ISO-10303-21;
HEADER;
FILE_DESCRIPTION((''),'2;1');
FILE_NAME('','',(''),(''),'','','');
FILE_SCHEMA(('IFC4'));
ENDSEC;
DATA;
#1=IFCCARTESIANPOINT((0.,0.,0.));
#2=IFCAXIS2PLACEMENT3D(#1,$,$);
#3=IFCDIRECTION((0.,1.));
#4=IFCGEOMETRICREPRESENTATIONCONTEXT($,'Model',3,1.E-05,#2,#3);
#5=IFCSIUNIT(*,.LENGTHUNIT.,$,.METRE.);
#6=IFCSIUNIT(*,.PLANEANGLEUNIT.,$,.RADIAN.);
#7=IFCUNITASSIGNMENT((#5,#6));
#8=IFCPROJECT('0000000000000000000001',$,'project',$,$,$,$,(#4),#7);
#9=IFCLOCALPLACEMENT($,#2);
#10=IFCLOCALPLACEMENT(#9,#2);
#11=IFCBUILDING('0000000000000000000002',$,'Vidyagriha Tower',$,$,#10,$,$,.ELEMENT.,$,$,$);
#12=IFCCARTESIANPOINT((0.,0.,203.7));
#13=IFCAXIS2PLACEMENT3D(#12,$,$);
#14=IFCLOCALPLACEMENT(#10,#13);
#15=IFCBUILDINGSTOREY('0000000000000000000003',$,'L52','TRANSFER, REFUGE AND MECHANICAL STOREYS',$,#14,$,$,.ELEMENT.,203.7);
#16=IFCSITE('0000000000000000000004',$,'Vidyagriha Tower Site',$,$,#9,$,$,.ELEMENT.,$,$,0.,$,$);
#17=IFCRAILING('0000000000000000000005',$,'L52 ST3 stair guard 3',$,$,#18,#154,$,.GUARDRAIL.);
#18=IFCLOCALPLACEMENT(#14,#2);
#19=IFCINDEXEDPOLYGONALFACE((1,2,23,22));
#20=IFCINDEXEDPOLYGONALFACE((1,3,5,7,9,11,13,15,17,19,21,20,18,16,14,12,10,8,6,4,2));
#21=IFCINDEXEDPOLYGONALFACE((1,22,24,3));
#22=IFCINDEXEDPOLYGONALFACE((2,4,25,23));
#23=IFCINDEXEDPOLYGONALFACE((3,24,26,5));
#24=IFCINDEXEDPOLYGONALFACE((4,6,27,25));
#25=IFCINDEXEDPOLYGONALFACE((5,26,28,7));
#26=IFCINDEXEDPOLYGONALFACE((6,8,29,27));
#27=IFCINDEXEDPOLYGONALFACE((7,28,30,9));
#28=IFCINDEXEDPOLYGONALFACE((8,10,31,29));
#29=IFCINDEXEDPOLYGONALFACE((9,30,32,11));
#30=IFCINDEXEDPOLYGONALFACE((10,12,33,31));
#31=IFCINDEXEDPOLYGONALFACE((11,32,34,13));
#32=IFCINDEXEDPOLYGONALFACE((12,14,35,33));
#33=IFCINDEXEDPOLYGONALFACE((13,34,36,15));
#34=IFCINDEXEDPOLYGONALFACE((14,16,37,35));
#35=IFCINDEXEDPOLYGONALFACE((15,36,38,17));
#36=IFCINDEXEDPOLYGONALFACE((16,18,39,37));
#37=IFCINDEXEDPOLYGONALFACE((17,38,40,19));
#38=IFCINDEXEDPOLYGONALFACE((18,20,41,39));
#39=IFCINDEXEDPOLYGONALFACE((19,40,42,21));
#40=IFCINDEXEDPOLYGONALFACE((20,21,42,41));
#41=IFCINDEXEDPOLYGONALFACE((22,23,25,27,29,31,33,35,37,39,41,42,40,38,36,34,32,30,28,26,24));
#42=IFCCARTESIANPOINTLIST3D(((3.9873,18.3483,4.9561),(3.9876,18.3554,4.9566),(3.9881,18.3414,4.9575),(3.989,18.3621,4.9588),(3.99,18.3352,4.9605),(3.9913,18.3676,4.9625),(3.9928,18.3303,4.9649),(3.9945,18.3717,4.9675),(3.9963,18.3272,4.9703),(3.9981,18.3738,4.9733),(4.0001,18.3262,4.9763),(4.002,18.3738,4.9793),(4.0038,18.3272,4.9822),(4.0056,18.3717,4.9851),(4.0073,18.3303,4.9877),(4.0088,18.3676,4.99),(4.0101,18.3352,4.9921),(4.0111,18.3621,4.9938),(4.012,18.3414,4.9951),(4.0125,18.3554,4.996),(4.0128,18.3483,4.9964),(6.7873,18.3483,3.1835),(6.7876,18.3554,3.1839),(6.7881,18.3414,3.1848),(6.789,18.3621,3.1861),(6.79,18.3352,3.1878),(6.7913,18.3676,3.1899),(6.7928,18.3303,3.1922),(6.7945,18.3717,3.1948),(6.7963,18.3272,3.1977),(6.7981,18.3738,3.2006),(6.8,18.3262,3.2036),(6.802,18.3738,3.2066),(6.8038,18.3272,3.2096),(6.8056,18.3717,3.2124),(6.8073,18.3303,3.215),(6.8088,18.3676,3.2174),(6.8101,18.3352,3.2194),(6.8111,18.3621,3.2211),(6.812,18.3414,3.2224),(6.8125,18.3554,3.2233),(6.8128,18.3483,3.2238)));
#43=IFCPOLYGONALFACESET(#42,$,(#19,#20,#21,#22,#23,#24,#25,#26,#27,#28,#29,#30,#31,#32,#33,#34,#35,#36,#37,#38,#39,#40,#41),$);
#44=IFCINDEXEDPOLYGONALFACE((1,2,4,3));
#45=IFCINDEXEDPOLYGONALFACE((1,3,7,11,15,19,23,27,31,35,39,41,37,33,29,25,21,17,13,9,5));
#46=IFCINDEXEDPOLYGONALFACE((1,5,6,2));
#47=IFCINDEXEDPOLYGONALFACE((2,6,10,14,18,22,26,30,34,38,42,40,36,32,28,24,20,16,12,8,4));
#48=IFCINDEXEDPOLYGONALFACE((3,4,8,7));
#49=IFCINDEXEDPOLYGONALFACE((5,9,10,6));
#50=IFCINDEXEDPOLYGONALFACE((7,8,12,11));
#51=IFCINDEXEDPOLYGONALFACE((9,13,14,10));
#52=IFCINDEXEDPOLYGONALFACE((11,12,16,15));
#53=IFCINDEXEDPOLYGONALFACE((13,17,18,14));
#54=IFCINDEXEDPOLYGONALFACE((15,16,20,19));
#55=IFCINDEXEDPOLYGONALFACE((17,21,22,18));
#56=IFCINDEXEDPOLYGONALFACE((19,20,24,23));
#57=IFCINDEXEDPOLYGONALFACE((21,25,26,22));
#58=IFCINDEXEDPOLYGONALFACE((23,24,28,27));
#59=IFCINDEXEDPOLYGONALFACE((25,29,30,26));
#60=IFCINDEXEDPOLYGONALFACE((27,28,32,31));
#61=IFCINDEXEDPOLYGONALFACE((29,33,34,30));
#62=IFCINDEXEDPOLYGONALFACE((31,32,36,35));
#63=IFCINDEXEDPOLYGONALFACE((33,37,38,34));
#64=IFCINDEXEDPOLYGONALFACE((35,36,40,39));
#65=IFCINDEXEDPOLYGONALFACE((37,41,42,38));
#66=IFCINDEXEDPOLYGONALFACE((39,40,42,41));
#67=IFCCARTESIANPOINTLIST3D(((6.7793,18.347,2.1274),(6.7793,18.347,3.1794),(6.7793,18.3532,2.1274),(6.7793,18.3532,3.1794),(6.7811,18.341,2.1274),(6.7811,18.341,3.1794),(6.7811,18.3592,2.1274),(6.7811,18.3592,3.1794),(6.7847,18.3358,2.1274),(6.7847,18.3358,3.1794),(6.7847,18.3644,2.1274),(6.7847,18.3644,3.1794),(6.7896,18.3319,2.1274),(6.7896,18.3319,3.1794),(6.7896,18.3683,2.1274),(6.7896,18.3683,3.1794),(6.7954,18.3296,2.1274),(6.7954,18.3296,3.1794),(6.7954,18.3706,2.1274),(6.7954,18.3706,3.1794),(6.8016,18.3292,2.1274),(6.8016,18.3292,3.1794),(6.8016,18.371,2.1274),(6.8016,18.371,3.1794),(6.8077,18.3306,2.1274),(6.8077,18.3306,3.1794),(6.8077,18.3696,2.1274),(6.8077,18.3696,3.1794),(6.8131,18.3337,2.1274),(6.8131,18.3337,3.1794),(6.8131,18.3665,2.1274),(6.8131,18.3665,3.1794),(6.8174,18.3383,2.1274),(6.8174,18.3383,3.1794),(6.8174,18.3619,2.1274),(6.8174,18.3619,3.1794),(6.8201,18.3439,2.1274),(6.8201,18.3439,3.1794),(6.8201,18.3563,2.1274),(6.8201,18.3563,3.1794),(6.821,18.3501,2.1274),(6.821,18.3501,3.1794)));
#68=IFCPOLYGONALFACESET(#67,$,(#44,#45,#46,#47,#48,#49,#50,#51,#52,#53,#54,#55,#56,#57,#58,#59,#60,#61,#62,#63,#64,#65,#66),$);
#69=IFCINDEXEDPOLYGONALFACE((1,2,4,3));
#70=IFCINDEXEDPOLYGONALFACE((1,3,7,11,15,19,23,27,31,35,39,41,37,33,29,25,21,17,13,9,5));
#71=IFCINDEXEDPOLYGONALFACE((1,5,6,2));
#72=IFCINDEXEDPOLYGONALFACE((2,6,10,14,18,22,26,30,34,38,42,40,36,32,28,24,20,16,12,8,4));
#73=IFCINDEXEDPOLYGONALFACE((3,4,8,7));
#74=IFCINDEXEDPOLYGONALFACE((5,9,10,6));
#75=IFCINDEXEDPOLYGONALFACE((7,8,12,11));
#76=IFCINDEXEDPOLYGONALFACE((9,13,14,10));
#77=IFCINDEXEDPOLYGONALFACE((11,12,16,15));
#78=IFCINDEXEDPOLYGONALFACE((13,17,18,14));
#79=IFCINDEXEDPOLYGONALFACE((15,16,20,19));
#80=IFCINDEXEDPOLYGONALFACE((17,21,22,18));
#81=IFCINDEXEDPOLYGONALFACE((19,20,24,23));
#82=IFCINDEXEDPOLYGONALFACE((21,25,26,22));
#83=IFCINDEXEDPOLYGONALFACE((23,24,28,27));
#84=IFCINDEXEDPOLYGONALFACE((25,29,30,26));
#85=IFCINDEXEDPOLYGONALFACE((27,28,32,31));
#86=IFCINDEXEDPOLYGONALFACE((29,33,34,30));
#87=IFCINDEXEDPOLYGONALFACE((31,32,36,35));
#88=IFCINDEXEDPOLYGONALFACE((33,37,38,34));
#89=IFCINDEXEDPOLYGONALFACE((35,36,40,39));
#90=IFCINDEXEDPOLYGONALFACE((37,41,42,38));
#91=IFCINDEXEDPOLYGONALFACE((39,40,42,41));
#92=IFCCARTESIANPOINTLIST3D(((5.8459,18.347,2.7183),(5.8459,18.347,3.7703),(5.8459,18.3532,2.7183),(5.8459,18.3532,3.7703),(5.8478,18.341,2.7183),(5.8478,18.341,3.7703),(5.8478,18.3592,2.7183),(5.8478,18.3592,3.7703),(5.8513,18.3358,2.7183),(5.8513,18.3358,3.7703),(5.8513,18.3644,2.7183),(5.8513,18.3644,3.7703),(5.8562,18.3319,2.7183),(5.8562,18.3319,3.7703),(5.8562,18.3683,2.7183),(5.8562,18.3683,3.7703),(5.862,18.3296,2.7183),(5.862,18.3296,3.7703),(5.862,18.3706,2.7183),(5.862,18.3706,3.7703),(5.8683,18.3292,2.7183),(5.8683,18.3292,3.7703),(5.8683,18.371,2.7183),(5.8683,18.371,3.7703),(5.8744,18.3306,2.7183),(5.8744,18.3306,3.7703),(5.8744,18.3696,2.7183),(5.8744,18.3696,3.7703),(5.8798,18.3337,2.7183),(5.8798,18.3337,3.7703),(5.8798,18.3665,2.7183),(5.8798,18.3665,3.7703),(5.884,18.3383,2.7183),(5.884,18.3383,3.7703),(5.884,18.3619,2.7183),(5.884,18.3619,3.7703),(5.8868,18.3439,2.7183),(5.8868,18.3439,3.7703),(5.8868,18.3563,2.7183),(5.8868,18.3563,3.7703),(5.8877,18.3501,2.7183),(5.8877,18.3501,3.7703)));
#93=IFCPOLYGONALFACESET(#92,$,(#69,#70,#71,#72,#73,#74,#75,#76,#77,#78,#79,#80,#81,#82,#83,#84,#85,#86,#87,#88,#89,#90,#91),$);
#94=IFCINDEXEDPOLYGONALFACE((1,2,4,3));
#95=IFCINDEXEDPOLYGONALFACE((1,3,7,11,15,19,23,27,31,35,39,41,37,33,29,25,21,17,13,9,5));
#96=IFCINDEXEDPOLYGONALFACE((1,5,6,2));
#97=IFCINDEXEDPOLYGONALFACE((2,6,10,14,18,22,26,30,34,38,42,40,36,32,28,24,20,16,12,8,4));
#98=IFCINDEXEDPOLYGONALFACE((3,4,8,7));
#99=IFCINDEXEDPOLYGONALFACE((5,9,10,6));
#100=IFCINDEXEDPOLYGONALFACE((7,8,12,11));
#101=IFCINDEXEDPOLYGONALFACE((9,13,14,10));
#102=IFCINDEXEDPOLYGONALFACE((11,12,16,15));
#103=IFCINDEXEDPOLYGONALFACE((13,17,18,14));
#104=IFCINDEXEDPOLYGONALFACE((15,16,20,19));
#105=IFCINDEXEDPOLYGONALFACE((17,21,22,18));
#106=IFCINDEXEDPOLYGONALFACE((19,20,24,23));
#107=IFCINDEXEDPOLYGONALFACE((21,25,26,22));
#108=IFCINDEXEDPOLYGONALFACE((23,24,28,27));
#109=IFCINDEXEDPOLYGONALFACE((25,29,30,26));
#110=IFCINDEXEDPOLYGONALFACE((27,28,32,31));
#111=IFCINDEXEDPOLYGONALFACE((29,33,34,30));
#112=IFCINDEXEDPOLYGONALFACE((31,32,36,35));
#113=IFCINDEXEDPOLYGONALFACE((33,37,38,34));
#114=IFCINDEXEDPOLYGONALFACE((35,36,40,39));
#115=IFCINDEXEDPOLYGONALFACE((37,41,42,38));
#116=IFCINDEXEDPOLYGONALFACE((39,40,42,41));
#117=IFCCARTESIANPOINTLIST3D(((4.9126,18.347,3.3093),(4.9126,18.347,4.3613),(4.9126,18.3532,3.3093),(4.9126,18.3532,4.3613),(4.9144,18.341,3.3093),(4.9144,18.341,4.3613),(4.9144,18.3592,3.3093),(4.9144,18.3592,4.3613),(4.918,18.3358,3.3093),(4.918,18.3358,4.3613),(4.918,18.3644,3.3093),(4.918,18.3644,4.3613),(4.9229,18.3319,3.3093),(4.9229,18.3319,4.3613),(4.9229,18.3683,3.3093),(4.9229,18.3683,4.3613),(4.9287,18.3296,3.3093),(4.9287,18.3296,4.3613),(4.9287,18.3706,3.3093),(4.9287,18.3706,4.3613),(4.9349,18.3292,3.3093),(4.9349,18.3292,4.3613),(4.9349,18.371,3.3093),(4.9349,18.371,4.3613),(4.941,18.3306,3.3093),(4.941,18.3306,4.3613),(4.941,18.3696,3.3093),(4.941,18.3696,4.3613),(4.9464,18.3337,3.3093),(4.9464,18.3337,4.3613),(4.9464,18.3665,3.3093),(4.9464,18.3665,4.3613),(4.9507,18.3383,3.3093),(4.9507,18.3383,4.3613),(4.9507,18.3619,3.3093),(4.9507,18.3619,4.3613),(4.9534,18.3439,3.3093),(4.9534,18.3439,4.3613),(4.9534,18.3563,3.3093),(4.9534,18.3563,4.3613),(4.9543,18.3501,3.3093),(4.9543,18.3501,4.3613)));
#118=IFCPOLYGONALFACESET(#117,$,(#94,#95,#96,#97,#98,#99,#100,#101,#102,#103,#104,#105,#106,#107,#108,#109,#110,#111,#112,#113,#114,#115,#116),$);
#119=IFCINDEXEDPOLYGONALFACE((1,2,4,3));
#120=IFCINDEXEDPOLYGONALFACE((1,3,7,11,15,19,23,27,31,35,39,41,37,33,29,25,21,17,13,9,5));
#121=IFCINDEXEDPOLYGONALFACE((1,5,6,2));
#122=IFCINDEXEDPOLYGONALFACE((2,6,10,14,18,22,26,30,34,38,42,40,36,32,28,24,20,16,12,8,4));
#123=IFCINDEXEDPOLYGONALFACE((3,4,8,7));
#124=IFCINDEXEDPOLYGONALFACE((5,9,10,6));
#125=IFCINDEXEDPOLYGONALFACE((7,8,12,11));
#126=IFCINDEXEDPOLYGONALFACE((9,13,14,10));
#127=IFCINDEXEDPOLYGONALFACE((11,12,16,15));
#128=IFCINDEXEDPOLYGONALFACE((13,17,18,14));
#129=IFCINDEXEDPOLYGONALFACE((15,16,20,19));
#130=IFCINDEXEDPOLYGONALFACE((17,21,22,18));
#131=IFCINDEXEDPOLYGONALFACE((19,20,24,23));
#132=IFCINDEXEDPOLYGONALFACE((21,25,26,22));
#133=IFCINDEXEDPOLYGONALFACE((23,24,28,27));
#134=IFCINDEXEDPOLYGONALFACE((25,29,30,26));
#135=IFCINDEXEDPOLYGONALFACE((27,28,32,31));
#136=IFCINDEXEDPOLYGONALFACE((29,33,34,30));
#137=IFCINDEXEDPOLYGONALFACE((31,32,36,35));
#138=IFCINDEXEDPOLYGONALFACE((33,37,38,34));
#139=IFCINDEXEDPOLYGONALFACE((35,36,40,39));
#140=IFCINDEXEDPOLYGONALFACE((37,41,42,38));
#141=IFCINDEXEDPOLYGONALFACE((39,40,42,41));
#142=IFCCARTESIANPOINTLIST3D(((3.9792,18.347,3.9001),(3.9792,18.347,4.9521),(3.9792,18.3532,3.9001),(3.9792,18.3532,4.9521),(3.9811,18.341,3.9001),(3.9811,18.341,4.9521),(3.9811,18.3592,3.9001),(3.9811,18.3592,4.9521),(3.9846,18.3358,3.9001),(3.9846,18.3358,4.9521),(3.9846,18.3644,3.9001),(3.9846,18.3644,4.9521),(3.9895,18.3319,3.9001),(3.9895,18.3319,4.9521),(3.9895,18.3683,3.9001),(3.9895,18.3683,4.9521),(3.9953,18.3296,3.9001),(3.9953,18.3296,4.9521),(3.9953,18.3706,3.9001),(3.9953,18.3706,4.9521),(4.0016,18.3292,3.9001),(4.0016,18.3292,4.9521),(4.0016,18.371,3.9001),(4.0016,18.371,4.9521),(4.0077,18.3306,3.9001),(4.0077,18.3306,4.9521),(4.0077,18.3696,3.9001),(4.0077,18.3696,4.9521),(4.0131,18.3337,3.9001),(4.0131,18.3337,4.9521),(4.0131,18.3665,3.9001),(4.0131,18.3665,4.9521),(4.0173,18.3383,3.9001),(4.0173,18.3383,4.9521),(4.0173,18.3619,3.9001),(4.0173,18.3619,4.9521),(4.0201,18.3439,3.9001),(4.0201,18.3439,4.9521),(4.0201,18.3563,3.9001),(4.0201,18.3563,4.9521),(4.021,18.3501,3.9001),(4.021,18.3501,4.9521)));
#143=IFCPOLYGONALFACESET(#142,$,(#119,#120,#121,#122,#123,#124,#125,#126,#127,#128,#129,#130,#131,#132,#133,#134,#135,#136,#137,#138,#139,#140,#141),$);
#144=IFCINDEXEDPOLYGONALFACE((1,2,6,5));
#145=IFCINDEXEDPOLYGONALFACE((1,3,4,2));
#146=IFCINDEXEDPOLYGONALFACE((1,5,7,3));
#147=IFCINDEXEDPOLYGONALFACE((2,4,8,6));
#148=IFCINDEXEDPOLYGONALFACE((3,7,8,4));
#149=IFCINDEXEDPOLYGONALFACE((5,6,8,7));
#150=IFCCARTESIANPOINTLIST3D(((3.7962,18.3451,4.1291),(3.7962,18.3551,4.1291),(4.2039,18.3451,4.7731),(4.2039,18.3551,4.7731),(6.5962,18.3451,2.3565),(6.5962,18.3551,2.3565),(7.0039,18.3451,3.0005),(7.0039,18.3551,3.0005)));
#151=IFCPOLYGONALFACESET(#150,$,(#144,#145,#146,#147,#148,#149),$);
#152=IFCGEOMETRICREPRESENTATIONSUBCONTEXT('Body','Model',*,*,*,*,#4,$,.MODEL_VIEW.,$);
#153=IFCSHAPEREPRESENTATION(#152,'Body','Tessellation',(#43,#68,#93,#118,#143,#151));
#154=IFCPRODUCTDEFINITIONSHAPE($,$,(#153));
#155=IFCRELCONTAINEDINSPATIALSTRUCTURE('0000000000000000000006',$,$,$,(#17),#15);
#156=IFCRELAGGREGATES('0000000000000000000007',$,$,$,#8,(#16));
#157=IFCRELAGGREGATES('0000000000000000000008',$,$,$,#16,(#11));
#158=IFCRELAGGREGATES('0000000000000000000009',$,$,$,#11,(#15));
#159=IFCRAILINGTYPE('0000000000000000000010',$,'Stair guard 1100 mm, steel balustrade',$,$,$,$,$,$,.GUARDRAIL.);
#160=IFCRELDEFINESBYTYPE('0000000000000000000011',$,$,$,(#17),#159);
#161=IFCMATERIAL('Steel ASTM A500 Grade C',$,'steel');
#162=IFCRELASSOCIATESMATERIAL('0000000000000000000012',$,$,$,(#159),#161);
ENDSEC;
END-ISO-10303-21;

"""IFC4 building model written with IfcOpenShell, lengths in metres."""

from ifc_helpers import new_model, si_unit, direction, frame, origin, origin_2d, place, context, subcontext, project, spatial, rectangle, circle, extrude, material, type_object, element, save


model = new_model("IFC4")

# Units and contexts
model_context = context("Model", 3, precision=1e-05, world=origin(), true_north=direction((0.0, 1.0)))
body_context = subcontext(model_context, "Body", "Model", "MODEL_VIEW")
ifc_project = project(units=[si_unit("LENGTHUNIT", "METRE"), si_unit("PLANEANGLEUNIT", "RADIAN")], contexts=[model_context])

# Site, building, storey
site_placement = place(None, origin())
site = spatial("IfcSite", under=ifc_project, at=site_placement, Name="Vidyagriha Tower Site", CompositionType="ELEMENT", RefElevation=0.0)
building_placement = place(site_placement, origin())
building = spatial("IfcBuilding", under=site, at=building_placement, Name="Vidyagriha Tower", CompositionType="ELEMENT")
storey_placement = place(building_placement, frame((0.0, 0.0, 203.7)))
storey = spatial("IfcBuildingStorey", under=building, at=storey_placement, Name="L52", Description="TRANSFER, REFUGE AND MECHANICAL STOREYS", CompositionType="ELEMENT", Elevation=203.7)

# Railing
ifc_material_1 = material(Name="Steel ASTM A500 Grade C", Category="steel")
railing_type_1 = type_object("IfcRailingType", Name="Stair guard 1100 mm, steel balustrade", PredefinedType="GUARDRAIL", material=ifc_material_1)
railing_1_placement = place(storey_placement, frame((6.8, 18.3501, 2.1274)))
element("IfcRailing", 1, at=railing_1_placement, inside=storey, type_object=railing_type_1, Name="L52 ST3 stair guard 3", PredefinedType="GUARDRAIL", context=body_context, shape_type="SweptSolid", body=[
    extrude(circle(Radius=0.0239, at=origin_2d()), frame((0.0, 0.0, 1.0762), z_axis=(-0.844909, 0.0, 0.53491), x_axis=(0.0, -1.0, 0.0)), (0.0, 0.0, 1.0), 3.314),
    extrude(circle(Radius=0.021, at=origin_2d()), origin(), (0.0, 0.0, 1.0), 1.052),
    extrude(circle(Radius=0.021, at=origin_2d()), frame((-0.9333, 0.0, 0.5908)), (0.0, 0.0, 1.0), 1.052),
    extrude(circle(Radius=0.021, at=origin_2d()), frame((-1.8667, 0.0, 1.1819)), (0.0, 0.0, 1.0), 1.052),
    extrude(circle(Radius=0.021, at=origin_2d()), frame((-2.8, 0.0, 1.7727)), (0.0, 0.0, 1.0), 1.052),
    extrude(rectangle(XDim=0.01, YDim=0.7622, at=origin_2d()), frame((0.0, 0.0, 0.551), z_axis=(-0.844909, 0.0, 0.53491), x_axis=(0.0, -1.0, 0.0)), (0.0, 0.0, 1.0), 3.314),
])

save(model, "model.ifc")
